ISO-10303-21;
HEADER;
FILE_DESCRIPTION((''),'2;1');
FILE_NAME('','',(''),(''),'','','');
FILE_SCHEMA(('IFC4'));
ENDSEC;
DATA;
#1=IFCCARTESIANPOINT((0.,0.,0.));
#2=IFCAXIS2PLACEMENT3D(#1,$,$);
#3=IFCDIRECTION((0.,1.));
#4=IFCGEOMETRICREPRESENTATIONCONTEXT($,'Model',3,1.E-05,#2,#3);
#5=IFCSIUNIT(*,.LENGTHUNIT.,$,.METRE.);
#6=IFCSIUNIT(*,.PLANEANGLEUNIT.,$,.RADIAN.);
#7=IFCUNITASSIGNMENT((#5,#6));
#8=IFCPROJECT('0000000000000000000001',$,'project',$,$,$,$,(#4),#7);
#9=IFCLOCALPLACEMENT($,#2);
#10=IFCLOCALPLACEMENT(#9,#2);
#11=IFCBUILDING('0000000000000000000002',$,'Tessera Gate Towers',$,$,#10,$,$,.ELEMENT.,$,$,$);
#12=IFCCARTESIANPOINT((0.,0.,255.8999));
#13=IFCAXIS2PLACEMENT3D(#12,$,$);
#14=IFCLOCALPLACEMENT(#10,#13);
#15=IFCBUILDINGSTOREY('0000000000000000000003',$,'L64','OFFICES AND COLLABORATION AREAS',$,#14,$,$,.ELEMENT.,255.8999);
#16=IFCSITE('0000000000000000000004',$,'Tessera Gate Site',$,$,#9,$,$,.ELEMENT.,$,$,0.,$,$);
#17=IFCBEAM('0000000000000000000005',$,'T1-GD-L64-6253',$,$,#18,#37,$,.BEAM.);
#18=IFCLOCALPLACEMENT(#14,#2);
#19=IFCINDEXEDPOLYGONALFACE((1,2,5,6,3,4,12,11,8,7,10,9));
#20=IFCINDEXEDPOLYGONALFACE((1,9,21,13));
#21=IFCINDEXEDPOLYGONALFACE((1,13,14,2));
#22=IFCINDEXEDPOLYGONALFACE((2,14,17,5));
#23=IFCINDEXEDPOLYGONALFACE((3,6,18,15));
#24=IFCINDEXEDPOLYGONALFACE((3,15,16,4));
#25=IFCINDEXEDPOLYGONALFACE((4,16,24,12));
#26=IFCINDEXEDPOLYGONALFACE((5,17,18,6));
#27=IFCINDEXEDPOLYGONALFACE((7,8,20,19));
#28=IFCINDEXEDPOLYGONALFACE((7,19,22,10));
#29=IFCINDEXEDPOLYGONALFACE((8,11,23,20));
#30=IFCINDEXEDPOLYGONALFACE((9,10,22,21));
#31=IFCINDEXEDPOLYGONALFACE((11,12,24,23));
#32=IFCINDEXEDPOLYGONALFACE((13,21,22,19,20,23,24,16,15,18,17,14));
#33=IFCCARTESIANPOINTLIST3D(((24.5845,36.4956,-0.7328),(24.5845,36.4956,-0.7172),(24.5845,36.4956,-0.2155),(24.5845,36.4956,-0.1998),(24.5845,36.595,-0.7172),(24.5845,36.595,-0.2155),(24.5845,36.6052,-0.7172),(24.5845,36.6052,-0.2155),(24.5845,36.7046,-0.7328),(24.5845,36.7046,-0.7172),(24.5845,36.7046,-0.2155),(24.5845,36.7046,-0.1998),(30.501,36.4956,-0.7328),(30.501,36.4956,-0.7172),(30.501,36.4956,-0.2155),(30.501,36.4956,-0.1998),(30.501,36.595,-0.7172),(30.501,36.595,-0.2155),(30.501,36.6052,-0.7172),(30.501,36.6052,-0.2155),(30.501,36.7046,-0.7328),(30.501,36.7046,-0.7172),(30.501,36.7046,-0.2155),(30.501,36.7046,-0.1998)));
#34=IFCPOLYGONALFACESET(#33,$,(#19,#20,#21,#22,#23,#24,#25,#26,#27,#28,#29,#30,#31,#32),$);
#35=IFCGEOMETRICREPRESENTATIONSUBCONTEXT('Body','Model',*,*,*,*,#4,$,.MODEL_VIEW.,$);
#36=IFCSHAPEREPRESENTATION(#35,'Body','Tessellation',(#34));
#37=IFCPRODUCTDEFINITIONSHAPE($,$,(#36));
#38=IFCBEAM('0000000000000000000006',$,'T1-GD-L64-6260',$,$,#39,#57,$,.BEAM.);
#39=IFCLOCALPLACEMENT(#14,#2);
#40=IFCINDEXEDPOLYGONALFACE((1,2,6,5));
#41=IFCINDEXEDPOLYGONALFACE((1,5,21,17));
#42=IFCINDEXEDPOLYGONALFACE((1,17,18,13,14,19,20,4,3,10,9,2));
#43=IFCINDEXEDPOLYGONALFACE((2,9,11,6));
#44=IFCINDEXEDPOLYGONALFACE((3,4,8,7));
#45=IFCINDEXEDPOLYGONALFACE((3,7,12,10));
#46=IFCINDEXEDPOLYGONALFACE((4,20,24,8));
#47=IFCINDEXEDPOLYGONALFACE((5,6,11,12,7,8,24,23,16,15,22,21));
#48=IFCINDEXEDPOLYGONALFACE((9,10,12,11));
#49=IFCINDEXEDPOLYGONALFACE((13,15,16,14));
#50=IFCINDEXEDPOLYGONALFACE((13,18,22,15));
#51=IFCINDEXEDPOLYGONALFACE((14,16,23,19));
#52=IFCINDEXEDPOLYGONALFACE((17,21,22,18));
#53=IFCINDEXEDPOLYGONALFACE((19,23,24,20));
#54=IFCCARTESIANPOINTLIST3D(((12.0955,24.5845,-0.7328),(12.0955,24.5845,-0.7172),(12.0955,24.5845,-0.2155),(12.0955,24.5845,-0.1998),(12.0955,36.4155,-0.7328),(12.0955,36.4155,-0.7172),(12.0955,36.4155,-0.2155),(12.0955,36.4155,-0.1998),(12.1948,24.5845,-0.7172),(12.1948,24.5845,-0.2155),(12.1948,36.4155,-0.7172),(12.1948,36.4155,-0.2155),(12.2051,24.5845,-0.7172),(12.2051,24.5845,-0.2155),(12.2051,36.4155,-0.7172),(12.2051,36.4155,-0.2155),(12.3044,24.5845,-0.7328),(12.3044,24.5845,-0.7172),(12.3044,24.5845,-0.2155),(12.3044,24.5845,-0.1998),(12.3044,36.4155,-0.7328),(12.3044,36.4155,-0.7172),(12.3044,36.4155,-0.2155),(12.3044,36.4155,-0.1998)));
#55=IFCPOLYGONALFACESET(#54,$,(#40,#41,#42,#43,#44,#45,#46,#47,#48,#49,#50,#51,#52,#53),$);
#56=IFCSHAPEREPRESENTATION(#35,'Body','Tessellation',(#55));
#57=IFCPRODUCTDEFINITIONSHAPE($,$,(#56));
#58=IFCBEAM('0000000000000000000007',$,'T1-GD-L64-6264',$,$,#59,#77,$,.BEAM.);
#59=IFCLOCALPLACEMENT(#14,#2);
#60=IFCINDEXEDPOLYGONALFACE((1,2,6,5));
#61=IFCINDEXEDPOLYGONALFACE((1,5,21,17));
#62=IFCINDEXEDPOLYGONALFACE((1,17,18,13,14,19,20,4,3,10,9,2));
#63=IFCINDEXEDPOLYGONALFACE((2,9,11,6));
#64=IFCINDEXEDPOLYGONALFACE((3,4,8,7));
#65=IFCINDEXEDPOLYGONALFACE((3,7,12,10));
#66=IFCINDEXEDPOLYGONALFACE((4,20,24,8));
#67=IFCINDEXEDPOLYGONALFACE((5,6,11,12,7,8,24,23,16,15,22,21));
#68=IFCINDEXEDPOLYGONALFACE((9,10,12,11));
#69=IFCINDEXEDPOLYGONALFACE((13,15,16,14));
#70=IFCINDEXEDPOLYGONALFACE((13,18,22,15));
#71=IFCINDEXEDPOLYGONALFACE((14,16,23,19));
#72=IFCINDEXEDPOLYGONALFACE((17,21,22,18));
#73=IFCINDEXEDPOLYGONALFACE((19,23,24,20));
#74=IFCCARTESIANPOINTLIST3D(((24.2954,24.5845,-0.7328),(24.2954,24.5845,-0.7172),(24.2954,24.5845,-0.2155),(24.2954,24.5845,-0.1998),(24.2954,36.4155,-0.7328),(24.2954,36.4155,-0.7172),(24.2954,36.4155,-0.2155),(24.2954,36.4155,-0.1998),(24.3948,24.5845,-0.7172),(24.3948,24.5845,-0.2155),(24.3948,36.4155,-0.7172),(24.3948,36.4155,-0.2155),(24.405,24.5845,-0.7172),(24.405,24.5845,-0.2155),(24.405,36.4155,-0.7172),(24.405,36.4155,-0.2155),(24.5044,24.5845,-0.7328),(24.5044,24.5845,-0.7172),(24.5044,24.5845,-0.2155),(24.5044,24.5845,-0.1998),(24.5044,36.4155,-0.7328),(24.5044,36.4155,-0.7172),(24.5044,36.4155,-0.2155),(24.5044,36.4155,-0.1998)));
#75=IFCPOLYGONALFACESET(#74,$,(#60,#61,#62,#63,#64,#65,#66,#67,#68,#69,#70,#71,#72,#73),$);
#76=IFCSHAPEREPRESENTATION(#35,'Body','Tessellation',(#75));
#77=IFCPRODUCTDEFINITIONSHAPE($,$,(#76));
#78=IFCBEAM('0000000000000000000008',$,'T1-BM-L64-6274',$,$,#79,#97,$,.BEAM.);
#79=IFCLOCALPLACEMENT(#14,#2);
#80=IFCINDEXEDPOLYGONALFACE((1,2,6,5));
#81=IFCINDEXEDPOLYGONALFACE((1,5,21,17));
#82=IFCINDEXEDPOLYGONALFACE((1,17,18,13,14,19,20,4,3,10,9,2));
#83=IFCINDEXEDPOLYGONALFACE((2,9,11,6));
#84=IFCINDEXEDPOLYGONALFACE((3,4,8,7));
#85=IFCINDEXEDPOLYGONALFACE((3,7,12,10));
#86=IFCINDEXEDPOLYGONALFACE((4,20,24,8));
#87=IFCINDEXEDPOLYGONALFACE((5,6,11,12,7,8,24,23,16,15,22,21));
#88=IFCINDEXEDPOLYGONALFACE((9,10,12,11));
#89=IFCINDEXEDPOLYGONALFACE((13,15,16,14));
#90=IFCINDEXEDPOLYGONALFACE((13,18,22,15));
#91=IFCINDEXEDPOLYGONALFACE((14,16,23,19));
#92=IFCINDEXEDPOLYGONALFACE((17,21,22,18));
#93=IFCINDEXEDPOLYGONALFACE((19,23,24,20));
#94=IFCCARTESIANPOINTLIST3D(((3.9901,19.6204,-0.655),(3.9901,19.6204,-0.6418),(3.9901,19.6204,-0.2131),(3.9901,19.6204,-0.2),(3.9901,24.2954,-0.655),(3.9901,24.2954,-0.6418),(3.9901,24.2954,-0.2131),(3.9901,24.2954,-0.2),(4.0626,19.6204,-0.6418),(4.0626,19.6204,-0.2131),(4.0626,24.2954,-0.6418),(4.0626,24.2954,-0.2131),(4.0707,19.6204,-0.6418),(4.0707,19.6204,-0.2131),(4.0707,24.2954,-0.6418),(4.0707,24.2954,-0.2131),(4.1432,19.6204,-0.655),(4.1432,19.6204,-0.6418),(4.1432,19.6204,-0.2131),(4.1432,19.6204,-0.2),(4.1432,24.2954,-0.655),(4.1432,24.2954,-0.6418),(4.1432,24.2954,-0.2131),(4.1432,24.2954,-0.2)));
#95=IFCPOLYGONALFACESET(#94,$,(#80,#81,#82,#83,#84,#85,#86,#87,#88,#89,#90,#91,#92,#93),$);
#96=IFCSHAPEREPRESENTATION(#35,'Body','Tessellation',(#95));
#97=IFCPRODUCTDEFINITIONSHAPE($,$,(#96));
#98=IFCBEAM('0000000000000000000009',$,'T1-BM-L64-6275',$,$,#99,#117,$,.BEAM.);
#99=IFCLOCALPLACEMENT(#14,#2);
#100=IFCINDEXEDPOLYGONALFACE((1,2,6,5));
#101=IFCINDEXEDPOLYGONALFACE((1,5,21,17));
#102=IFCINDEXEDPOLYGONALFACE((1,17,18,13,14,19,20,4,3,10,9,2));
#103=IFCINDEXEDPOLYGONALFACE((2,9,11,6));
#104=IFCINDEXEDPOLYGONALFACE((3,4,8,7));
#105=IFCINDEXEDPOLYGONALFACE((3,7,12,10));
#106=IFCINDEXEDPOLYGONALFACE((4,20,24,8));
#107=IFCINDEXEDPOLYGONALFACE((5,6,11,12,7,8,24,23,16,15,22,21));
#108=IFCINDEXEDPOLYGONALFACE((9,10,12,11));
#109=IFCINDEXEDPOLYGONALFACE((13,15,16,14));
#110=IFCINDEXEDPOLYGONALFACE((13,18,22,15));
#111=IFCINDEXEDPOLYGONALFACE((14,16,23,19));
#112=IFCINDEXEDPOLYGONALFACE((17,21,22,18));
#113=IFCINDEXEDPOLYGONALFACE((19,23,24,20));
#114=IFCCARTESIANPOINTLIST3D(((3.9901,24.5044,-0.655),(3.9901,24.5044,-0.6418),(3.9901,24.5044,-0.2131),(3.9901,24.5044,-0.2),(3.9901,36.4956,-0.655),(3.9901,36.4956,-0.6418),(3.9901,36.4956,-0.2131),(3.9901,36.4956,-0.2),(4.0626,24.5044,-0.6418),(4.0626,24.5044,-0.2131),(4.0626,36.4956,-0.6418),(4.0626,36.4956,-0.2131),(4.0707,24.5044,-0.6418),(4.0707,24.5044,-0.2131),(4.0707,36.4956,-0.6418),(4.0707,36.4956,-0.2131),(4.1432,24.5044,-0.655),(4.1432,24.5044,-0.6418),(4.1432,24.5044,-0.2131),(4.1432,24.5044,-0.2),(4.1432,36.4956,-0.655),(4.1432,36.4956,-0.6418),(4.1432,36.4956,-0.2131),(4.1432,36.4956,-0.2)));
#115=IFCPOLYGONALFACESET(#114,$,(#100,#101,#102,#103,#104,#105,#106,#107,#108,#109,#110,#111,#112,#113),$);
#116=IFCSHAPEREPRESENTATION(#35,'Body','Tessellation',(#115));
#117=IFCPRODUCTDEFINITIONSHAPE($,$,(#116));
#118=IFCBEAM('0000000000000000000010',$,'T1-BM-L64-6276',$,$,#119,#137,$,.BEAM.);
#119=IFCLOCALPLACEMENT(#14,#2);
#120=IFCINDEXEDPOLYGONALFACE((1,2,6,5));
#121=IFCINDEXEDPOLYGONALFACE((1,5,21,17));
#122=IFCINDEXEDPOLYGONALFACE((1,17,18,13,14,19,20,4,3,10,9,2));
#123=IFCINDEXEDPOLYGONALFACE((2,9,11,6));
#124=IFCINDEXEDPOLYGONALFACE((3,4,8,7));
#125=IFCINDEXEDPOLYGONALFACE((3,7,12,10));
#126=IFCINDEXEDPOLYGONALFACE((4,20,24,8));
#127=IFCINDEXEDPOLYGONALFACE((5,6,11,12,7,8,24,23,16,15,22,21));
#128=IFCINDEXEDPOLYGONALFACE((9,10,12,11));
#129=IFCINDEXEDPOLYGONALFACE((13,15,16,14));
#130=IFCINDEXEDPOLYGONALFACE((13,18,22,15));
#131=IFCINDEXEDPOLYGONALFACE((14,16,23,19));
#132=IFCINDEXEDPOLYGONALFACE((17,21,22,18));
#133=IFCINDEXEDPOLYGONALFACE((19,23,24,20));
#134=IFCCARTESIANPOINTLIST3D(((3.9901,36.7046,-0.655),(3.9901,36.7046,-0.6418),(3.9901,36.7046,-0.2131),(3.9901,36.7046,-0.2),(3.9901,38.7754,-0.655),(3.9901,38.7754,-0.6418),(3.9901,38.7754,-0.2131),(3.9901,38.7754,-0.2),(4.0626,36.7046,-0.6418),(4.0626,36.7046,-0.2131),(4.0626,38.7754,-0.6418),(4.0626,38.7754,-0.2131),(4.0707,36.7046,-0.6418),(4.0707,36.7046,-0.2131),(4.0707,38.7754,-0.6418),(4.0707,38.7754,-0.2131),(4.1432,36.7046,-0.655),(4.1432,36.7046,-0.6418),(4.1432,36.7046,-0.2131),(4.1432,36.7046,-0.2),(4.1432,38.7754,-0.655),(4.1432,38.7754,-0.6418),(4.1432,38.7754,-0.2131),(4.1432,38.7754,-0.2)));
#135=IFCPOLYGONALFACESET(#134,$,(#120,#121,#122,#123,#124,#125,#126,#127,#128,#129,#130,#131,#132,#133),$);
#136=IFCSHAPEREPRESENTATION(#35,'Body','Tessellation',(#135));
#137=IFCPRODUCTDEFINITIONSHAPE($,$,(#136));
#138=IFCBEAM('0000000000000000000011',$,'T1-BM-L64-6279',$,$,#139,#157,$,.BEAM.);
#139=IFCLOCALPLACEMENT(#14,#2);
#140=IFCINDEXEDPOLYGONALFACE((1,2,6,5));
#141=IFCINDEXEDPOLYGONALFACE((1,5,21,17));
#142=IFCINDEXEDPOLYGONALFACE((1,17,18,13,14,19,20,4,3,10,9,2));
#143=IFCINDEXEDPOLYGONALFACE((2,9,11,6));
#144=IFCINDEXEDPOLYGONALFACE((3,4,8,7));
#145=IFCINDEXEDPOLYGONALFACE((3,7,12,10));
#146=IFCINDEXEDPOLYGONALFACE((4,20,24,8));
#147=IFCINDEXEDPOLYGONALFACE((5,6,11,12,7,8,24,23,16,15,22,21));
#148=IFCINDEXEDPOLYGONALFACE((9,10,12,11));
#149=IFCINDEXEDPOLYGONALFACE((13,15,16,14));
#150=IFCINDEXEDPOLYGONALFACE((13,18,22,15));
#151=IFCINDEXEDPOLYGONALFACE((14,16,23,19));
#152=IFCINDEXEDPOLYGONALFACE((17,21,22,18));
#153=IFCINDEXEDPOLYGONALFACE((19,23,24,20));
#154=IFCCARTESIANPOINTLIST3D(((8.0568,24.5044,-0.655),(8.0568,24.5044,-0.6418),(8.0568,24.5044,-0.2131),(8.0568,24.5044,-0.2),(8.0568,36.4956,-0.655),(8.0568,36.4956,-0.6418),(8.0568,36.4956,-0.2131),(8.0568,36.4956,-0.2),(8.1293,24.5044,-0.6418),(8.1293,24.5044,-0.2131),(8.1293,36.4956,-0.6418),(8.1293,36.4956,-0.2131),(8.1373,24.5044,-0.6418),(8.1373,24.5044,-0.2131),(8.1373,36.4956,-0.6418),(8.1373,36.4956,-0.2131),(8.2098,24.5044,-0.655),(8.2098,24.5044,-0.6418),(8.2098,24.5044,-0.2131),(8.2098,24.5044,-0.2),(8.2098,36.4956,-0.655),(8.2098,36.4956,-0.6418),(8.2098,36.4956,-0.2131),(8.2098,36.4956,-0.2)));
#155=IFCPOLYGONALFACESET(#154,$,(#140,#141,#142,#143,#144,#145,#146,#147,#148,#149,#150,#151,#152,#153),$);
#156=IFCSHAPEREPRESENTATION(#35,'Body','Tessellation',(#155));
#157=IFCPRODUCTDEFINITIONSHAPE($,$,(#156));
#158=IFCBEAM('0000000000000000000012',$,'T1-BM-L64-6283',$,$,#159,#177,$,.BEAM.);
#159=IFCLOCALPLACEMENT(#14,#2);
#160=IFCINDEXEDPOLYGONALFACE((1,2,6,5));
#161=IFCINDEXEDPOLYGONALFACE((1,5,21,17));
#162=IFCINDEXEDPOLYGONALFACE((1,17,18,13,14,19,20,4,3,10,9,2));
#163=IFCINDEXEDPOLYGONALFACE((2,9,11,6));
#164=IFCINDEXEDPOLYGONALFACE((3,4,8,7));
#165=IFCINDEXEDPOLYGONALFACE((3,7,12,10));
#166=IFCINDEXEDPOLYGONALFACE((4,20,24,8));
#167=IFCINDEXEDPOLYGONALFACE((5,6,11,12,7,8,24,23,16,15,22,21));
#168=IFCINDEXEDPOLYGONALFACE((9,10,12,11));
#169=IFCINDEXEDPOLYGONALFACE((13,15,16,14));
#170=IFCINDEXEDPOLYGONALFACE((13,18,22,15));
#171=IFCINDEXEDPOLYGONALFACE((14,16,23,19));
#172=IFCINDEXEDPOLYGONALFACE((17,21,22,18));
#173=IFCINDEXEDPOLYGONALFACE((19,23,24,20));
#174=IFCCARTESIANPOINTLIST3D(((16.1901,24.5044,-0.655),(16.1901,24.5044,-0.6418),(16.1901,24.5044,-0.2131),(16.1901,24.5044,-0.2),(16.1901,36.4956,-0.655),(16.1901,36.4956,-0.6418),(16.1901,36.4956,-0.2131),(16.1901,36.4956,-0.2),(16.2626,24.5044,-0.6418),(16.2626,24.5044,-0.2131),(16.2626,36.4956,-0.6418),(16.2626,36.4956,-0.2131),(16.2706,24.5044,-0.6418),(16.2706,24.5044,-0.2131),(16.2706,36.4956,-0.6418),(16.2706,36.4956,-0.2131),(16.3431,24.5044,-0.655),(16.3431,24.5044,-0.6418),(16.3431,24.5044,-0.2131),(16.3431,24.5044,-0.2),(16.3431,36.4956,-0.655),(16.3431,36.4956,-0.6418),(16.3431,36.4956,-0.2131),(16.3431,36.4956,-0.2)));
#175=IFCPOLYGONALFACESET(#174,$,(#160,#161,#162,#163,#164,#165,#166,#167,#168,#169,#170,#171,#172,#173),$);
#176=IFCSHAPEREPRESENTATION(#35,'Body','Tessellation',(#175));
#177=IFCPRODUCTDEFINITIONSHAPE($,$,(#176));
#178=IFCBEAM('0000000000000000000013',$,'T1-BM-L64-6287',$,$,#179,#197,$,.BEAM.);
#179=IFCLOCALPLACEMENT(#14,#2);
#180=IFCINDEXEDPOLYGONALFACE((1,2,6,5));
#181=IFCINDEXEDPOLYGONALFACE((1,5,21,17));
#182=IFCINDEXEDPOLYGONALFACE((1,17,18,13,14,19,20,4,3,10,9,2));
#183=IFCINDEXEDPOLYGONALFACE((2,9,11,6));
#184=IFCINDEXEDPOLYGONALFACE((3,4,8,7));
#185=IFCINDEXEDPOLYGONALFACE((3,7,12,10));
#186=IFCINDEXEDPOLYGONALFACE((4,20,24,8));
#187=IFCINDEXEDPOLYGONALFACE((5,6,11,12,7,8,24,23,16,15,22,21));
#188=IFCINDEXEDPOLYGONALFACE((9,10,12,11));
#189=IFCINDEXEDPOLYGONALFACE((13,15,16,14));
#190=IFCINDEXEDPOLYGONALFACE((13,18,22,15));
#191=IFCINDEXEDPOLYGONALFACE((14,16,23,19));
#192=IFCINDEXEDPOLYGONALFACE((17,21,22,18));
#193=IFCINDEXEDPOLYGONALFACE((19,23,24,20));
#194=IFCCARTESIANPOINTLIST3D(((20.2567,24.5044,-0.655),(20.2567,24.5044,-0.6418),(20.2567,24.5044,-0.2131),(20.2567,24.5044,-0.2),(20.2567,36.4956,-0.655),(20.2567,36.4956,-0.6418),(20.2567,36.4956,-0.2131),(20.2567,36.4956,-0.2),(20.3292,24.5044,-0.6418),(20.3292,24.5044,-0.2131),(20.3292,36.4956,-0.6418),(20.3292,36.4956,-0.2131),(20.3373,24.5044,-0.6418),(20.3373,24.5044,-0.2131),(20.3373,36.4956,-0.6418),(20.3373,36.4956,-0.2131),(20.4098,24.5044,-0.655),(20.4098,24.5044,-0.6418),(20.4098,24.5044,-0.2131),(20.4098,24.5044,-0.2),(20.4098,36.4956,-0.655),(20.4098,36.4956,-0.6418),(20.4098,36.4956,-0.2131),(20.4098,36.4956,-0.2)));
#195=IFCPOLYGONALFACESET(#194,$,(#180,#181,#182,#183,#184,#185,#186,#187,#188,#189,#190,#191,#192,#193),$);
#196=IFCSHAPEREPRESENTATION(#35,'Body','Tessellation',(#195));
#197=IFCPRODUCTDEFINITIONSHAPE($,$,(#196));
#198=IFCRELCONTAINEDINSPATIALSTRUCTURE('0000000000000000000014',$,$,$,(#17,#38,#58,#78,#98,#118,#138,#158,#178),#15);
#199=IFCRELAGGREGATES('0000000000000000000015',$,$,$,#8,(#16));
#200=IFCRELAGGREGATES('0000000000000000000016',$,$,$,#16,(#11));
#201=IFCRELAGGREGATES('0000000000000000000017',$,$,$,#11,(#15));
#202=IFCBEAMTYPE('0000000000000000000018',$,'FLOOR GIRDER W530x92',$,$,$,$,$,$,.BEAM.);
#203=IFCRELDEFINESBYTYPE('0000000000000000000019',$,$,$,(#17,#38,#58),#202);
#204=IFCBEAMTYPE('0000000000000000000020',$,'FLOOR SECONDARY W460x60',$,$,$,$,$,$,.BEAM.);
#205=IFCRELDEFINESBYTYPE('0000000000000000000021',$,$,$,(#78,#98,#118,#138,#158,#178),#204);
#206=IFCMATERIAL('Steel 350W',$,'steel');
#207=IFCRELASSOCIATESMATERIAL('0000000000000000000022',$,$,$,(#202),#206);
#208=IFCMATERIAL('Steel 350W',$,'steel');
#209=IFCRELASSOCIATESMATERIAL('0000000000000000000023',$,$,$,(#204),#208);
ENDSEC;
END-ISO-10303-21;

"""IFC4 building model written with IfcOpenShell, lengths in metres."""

from ifc_helpers import new_model, si_unit, direction, frame, origin, origin_2d, place, context, subcontext, project, spatial, i_section, extrude, material, material_profile, profile_set, type_object, element, save


model = new_model("IFC4")

# Units and contexts
model_context = context("Model", 3, precision=1e-05, world=origin(), true_north=direction((0.0, 1.0)))
body_context = subcontext(model_context, "Body", "Model", "MODEL_VIEW")
ifc_project = project(units=[si_unit("LENGTHUNIT", "METRE"), si_unit("PLANEANGLEUNIT", "RADIAN")], contexts=[model_context])

# Site, building, storey
site_placement = place(None, origin())
site = spatial("IfcSite", under=ifc_project, at=site_placement, Name="Tessera Gate Site", CompositionType="ELEMENT", RefElevation=0.0)
building_placement = place(site_placement, origin())
building = spatial("IfcBuilding", under=site, at=building_placement, Name="Tessera Gate Towers", CompositionType="ELEMENT")
storey_placement = place(building_placement, frame((0.0, 0.0, 255.8999)))
storey = spatial("IfcBuildingStorey", under=building, at=storey_placement, Name="L64", Description="OFFICES AND COLLABORATION AREAS", CompositionType="ELEMENT", Elevation=255.8999)

# Beams
ifc_material_1 = material(Name="Steel 350W", Category="steel")
ifc_material_profile_1 = material_profile(ifc_material_1, i_section(OverallWidth=0.209, OverallDepth=0.533, WebThickness=0.0103, FlangeThickness=0.0156, at=origin_2d()), Name="W530x92")
ifc_profile_set_1 = profile_set([ifc_material_profile_1], Name="Steel 350W")
beam_type_1 = type_object("IfcBeamType", Name="FLOOR GIRDER W530x92", PredefinedType="BEAM", material=ifc_profile_set_1)
beam_1_placement = place(storey_placement, frame((24.5845, 36.6001, -0.4663), z_axis=(1.0, 0.0, 0.0), x_axis=(0.0, 1.0, 0.0)))
element("IfcBeam", 1, at=beam_1_placement, inside=storey, type_object=beam_type_1, Name="T1-GD-L64-6253", PredefinedType="BEAM", context=body_context, shape_type="SweptSolid", body=[
    extrude(i_section(OverallWidth=0.209, OverallDepth=0.533, WebThickness=0.0103, FlangeThickness=0.0156, at=origin_2d()), origin(), (0.0, 0.0, 1.0), 5.9165),
])
for number, where, z_axis, x_axis, name in (
    (2, (12.2, 24.5845, -0.4663), (0.0, 1.0, 0.0), (-1.0, 0.0, 0.0), "T1-GD-L64-6260"),
    (3, (24.3999, 24.5845, -0.4663), (0.0, 1.0, 0.0), (-1.0, 0.0, 0.0), "T1-GD-L64-6264"),
):
    element("IfcBeam", number, at=place(storey_placement, frame(where, z_axis=z_axis, x_axis=x_axis)), inside=storey, type_object=beam_type_1, Name=name, PredefinedType="BEAM", context=body_context, shape_type="SweptSolid", body=[
        extrude(i_section(OverallWidth=0.209, OverallDepth=0.533, WebThickness=0.0103, FlangeThickness=0.0156, at=origin_2d()), origin(), (0.0, 0.0, 1.0), 11.8311),
    ])
ifc_material_2 = material(Name="Steel 350W", Category="steel")
ifc_material_profile_2 = material_profile(ifc_material_2, i_section(OverallWidth=0.1531, OverallDepth=0.4551, WebThickness=0.0081, FlangeThickness=0.0132, at=origin_2d()), Name="W460x60")
ifc_profile_set_2 = profile_set([ifc_material_profile_2], Name="Steel 350W")
beam_type_2 = type_object("IfcBeamType", Name="FLOOR SECONDARY W460x60", PredefinedType="BEAM", material=ifc_profile_set_2)
beam_2_placement = place(storey_placement, frame((4.0667, 19.6204, -0.4275), z_axis=(0.0, 1.0, 0.0), x_axis=(-1.0, 0.0, 0.0)))
element("IfcBeam", 4, at=beam_2_placement, inside=storey, type_object=beam_type_2, Name="T1-BM-L64-6274", PredefinedType="BEAM", context=body_context, shape_type="SweptSolid", body=[
    extrude(i_section(OverallWidth=0.1531, OverallDepth=0.4551, WebThickness=0.0081, FlangeThickness=0.0132, at=origin_2d()), origin(), (0.0, 0.0, 1.0), 4.675),
])
beam_3_placement = place(storey_placement, frame((4.0667, 24.5044, -0.4275), z_axis=(0.0, 1.0, 0.0), x_axis=(-1.0, 0.0, 0.0)))
element("IfcBeam", 5, at=beam_3_placement, inside=storey, type_object=beam_type_2, Name="T1-BM-L64-6275", PredefinedType="BEAM", context=body_context, shape_type="SweptSolid", body=[
    extrude(i_section(OverallWidth=0.1531, OverallDepth=0.4551, WebThickness=0.0081, FlangeThickness=0.0132, at=origin_2d()), origin(), (0.0, 0.0, 1.0), 11.9912),
])
beam_4_placement = place(storey_placement, frame((4.0667, 36.7046, -0.4275), z_axis=(0.0, 1.0, 0.0), x_axis=(-1.0, 0.0, 0.0)))
element("IfcBeam", 6, at=beam_4_placement, inside=storey, type_object=beam_type_2, Name="T1-BM-L64-6276", PredefinedType="BEAM", context=body_context, shape_type="SweptSolid", body=[
    extrude(i_section(OverallWidth=0.1531, OverallDepth=0.4551, WebThickness=0.0081, FlangeThickness=0.0132, at=origin_2d()), origin(), (0.0, 0.0, 1.0), 2.0708),
])
for number, where, z_axis, x_axis, name in (
    (7, (8.1333, 24.5044, -0.4275), (0.0, 1.0, 0.0), (-1.0, 0.0, 0.0), "T1-BM-L64-6279"),
    (8, (16.2666, 24.5044, -0.4275), (0.0, 1.0, 0.0), (-1.0, 0.0, 0.0), "T1-BM-L64-6283"),
    (9, (20.3333, 24.5044, -0.4275), (0.0, 1.0, 0.0), (-1.0, 0.0, 0.0), "T1-BM-L64-6287"),
):
    element("IfcBeam", number, at=place(storey_placement, frame(where, z_axis=z_axis, x_axis=x_axis)), inside=storey, type_object=beam_type_2, Name=name, PredefinedType="BEAM", context=body_context, shape_type="SweptSolid", body=[
        extrude(i_section(OverallWidth=0.1531, OverallDepth=0.4551, WebThickness=0.0081, FlangeThickness=0.0132, at=origin_2d()), origin(), (0.0, 0.0, 1.0), 11.9912),
    ])

save(model, "model.ifc")
